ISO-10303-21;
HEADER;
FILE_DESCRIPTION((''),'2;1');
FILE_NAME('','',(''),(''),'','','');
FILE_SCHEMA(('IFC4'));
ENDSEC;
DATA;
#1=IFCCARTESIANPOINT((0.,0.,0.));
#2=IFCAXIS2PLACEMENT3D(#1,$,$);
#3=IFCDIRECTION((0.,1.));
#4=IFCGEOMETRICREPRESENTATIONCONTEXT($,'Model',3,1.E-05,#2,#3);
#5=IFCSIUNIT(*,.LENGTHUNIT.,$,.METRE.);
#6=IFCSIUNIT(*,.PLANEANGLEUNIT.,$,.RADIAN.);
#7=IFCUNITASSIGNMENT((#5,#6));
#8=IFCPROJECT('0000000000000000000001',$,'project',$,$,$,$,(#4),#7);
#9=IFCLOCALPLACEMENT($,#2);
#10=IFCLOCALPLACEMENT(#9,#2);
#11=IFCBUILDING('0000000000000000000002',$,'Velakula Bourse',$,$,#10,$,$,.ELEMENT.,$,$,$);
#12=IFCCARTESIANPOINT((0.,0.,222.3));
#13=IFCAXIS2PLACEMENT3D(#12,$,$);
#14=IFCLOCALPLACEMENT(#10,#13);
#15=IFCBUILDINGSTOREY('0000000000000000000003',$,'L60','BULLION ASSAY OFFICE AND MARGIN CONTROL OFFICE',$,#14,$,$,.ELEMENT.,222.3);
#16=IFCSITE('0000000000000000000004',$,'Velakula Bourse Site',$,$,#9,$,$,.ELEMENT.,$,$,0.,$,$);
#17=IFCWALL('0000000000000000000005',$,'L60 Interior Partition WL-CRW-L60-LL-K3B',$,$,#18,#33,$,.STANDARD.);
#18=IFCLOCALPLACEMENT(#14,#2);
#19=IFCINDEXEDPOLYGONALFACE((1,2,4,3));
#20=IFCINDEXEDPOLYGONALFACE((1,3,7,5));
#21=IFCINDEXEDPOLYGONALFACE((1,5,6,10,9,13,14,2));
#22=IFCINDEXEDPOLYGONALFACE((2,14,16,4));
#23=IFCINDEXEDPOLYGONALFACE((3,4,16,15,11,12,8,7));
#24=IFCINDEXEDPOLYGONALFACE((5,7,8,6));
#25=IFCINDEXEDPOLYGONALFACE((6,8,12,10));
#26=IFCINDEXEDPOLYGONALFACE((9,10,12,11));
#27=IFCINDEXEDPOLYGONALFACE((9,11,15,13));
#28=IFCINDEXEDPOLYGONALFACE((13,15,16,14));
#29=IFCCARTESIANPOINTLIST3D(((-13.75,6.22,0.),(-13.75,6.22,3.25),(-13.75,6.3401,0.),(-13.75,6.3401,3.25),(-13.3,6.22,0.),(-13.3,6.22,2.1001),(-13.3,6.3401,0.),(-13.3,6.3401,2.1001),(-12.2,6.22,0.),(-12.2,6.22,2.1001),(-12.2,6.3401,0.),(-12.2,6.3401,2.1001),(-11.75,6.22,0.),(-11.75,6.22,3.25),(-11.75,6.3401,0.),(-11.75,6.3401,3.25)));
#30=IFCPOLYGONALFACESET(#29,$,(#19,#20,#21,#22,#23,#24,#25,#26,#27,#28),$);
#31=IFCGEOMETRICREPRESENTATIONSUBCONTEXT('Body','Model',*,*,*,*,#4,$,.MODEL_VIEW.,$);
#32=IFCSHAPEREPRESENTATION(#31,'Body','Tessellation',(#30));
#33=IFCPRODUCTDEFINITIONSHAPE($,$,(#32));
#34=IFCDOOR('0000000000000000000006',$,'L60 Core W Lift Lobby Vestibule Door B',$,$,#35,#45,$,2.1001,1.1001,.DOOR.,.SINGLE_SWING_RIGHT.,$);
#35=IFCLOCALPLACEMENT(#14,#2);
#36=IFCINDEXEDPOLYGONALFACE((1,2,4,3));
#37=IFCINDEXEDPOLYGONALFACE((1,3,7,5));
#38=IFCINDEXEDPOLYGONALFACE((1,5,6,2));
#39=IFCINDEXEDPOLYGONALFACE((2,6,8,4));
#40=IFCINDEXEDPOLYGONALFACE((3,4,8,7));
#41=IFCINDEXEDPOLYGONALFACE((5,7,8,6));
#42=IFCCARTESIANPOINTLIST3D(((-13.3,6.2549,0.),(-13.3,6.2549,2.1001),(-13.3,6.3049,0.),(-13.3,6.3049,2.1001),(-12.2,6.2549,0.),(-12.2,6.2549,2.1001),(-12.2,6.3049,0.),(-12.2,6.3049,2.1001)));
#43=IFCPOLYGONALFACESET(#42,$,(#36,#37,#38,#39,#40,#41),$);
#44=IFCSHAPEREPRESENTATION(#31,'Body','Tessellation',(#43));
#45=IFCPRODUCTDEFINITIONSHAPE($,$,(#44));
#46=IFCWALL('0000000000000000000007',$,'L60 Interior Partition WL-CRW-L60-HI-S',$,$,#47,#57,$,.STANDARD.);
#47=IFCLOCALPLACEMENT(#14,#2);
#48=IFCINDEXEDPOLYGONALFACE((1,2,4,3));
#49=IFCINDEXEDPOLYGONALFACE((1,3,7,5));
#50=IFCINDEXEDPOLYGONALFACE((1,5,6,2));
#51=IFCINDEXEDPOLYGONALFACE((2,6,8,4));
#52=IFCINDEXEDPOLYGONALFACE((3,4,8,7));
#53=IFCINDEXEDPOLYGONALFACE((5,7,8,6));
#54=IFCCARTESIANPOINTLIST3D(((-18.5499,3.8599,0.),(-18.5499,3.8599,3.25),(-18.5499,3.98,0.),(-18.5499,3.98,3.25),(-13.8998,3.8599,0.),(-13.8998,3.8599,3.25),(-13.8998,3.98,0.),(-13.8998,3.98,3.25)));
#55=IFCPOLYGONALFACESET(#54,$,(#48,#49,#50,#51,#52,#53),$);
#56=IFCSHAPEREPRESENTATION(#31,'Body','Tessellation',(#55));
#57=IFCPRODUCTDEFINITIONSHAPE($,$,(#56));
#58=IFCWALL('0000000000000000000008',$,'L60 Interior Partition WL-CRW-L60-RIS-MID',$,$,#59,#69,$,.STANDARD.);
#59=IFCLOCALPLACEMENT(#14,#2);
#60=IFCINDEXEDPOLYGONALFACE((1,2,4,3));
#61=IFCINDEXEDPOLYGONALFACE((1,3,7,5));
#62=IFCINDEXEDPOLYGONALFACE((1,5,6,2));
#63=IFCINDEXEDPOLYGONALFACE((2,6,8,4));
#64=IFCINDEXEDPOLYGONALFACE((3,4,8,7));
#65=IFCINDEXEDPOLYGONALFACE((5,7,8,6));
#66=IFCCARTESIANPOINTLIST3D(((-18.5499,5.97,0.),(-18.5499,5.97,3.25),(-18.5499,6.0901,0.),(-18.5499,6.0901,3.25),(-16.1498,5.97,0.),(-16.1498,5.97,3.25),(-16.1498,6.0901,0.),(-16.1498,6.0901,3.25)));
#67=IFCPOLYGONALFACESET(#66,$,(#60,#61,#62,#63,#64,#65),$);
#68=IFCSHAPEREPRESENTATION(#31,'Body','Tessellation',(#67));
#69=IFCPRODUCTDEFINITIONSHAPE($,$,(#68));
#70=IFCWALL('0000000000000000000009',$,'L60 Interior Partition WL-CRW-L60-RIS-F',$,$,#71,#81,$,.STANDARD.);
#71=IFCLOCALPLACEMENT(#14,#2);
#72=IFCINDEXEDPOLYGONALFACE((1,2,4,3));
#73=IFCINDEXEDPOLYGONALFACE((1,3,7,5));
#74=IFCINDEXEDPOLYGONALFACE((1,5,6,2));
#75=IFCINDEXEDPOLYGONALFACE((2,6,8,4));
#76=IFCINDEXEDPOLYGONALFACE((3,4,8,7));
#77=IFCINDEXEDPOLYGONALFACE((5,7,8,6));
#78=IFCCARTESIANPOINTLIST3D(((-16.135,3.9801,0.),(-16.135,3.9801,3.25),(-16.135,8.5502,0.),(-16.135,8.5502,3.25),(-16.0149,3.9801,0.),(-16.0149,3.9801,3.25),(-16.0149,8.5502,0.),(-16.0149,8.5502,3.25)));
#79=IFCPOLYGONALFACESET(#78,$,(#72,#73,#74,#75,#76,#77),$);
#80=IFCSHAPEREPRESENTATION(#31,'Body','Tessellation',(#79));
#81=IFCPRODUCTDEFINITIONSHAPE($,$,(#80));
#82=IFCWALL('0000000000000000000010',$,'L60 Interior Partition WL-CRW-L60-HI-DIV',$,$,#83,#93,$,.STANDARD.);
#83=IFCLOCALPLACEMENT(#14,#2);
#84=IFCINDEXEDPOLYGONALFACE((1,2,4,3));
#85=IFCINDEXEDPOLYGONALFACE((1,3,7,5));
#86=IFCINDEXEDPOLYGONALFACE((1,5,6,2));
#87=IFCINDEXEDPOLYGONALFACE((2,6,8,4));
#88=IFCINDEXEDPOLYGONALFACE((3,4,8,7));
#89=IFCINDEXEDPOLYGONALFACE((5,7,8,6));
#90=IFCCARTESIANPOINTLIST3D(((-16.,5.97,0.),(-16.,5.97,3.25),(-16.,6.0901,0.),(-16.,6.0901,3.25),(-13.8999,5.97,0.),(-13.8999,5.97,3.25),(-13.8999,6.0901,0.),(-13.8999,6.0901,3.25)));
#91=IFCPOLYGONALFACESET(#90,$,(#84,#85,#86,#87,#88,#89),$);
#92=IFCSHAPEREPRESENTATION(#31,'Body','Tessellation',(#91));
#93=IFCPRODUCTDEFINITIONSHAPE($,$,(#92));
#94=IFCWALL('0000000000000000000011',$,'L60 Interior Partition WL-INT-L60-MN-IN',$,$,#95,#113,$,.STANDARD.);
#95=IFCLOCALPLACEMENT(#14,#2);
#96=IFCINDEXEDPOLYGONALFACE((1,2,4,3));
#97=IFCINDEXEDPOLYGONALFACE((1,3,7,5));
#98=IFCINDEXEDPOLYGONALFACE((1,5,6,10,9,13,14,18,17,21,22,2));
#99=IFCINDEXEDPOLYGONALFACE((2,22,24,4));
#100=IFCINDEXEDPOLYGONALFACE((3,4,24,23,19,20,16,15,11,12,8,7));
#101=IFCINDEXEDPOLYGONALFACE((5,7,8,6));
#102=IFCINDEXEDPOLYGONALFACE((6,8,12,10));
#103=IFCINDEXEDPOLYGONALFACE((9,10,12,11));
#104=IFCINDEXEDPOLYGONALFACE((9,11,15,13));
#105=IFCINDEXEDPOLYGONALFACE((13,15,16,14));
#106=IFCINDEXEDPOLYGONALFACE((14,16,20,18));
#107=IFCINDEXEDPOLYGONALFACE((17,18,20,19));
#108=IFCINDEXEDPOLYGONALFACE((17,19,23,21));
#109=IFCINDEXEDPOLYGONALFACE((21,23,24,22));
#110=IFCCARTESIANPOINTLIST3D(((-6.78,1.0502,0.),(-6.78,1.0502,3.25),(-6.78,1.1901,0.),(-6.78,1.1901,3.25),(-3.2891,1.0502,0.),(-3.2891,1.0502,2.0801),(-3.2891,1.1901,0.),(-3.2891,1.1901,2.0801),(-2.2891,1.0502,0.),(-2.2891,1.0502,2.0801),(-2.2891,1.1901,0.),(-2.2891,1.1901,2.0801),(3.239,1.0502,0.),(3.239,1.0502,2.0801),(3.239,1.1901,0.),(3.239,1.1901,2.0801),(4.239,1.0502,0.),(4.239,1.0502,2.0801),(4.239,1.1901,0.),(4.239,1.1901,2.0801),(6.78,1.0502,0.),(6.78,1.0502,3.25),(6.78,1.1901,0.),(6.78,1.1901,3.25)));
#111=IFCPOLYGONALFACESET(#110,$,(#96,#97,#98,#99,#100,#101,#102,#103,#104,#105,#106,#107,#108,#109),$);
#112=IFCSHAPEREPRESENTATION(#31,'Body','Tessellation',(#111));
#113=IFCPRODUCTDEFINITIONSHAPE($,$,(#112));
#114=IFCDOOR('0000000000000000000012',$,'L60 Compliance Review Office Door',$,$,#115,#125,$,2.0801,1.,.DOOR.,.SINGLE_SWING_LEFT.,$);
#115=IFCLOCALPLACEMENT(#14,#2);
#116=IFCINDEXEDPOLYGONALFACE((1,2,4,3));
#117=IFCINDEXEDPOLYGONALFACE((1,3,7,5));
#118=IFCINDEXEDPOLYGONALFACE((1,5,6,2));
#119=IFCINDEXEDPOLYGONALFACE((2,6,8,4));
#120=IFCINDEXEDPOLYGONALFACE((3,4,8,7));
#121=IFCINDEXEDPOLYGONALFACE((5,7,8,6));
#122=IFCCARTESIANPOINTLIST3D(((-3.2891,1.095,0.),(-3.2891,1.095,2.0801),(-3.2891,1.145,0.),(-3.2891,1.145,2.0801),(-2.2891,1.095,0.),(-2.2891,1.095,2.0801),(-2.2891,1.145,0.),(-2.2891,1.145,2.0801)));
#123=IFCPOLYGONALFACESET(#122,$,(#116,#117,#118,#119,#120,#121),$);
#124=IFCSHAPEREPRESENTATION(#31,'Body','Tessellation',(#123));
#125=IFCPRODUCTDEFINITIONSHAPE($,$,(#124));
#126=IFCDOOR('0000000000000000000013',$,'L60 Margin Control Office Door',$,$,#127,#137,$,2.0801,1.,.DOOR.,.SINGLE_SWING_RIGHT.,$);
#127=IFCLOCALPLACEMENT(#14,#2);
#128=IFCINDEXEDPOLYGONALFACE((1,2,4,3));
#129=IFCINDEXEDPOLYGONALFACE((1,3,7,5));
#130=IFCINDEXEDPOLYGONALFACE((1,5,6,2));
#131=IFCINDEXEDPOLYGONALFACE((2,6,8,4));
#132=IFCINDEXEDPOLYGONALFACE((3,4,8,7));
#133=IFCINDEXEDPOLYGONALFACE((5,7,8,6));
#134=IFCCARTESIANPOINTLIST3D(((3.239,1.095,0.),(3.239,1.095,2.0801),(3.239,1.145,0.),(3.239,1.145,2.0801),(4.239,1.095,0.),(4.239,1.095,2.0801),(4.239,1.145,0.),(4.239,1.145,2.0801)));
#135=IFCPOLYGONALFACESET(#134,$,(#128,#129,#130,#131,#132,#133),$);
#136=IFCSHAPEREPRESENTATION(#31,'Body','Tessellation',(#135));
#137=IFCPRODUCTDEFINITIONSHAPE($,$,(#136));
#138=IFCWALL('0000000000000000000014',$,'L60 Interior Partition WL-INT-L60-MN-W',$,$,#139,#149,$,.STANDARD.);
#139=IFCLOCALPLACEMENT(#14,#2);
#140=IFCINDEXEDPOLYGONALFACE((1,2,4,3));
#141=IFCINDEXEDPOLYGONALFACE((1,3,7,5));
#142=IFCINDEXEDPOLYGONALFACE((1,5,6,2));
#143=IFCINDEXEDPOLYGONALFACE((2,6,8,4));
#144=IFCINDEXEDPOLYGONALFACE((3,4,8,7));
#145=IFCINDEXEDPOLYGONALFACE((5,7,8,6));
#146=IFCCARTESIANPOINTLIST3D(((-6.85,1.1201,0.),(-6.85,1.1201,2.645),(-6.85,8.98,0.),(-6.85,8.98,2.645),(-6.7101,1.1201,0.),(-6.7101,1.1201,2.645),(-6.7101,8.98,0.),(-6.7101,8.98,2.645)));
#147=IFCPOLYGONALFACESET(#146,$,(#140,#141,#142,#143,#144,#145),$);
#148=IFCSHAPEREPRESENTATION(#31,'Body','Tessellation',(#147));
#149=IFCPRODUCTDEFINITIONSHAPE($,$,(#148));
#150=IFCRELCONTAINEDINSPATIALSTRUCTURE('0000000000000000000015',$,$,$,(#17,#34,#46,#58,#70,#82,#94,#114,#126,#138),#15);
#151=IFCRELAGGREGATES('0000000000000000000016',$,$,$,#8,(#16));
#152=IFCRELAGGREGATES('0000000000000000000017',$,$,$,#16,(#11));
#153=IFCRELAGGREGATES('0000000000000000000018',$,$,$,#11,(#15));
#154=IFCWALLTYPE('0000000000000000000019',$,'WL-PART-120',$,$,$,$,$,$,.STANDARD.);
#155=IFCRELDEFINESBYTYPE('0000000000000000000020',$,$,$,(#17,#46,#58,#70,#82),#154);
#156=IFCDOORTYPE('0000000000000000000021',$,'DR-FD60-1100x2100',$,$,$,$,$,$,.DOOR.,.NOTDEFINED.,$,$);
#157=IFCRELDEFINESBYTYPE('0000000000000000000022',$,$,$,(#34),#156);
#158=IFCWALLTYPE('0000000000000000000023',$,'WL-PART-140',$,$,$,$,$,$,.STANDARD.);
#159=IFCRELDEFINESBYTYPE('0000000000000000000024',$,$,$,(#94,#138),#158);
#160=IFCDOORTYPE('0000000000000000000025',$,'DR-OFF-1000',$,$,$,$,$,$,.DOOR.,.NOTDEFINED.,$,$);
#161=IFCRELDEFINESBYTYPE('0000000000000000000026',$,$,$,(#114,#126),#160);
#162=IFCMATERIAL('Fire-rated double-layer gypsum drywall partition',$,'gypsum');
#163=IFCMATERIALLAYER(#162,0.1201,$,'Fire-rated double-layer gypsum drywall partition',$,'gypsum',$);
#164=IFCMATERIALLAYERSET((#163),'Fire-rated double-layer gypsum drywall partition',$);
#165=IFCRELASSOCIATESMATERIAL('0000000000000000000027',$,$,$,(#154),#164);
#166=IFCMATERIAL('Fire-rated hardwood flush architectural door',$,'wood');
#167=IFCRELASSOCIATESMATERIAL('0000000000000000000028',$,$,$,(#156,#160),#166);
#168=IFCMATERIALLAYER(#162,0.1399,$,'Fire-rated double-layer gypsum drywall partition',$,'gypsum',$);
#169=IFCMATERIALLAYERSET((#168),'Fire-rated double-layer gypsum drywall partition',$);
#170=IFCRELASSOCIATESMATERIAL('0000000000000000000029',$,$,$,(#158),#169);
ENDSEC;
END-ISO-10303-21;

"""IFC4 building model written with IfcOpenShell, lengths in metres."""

from ifc_helpers import new_model, si_unit, direction, frame, frame_2d, origin, place, context, subcontext, project, spatial, rectangle, extrude, material, layer, layer_set, type_object, element, fill, save


model = new_model("IFC4")

# Units and contexts
model_context = context("Model", 3, precision=1e-05, world=origin(), true_north=direction((0.0, 1.0)))
body_context = subcontext(model_context, "Body", "Model", "MODEL_VIEW")
ifc_project = project(units=[si_unit("LENGTHUNIT", "METRE"), si_unit("PLANEANGLEUNIT", "RADIAN")], contexts=[model_context])

# Site, building, storey
site_placement = place(None, origin())
site = spatial("IfcSite", under=ifc_project, at=site_placement, Name="Velakula Bourse Site", CompositionType="ELEMENT", RefElevation=0.0)
building_placement = place(site_placement, origin())
building = spatial("IfcBuilding", under=site, at=building_placement, Name="Velakula Bourse", CompositionType="ELEMENT")
storey_placement = place(building_placement, frame((0.0, 0.0, 222.3)))
storey = spatial("IfcBuildingStorey", under=building, at=storey_placement, Name="L60", Description="BULLION ASSAY OFFICE AND MARGIN CONTROL OFFICE", CompositionType="ELEMENT", Elevation=222.3)

# Wall, opening, door
ifc_material_1 = material(Name="Fire-rated double-layer gypsum drywall partition", Category="gypsum")
ifc_layer_1 = layer(ifc_material_1, 0.1201, Name="Fire-rated double-layer gypsum drywall partition", Category="gypsum")
ifc_layer_set_1 = layer_set([ifc_layer_1], Name="Fire-rated double-layer gypsum drywall partition")
wall_type_1 = type_object("IfcWallType", Name="WL-PART-120", PredefinedType="STANDARD", material=ifc_layer_set_1)
ifc_material_2 = material(Name="Fire-rated hardwood flush architectural door", Category="wood")
door_type_1 = type_object("IfcDoorType", Name="DR-FD60-1100x2100", OperationType="NOTDEFINED", PredefinedType="DOOR", material=ifc_material_2)
wall_1_placement = place(storey_placement, frame((-13.75, 6.28, 0.0), z_axis=(0.0, 0.0, 1.0), x_axis=(1.0, 0.0, 0.0)))
wall_1 = element("IfcWall", 1, at=wall_1_placement, inside=storey, type_object=wall_type_1, Name="L60 Interior Partition WL-CRW-L60-LL-K3B", PredefinedType="STANDARD", context=body_context, shape_type="SweptSolid", body=[
    extrude(rectangle(XDim=2.0, YDim=0.1201, at=frame_2d((1.0, 0.0))), origin(), (0.0, 0.0, 1.0), 3.25),
])
opening_1_placement = place(wall_1_placement, frame((0.45, 0.0, 0.0)))
opening_1 = element("IfcOpeningElement", 2, at=opening_1_placement, cuts=wall_1, PredefinedType="OPENING", context=body_context, shape_type="SweptSolid", body=[
    extrude(rectangle(XDim=1.1001, YDim=2.1001, at=frame_2d((0.55, 1.05))), frame((0.0, 0.0701, 0.0), z_axis=(0.0, -1.0, 0.0), x_axis=(1.0, 0.0, 0.0)), (0.0, 0.0, 1.0), 0.1401),
])
door_1_placement = place(opening_1_placement, origin())
door_1 = element("IfcDoor", 3, at=door_1_placement, inside=storey, type_object=door_type_1, Name="L60 Core W Lift Lobby Vestibule Door B", OperationType="SINGLE_SWING_RIGHT", OverallHeight=2.1001, OverallWidth=1.1001, PredefinedType="DOOR", context=body_context, shape_type="SweptSolid", body=[
    extrude(rectangle(XDim=1.1001, YDim=2.1001, at=frame_2d((0.55, 1.05))), frame((0.0, 0.0249, 0.0), z_axis=(0.0, -1.0, 0.0), x_axis=(1.0, 0.0, 0.0)), (0.0, 0.0, 1.0), 0.05),
])
fill(opening_1, door_1)

# Walls
wall_2_placement = place(storey_placement, frame((-18.55, 3.9199, 0.0), z_axis=(0.0, 0.0, 1.0), x_axis=(1.0, 0.0, 0.0)))
element("IfcWall", 4, at=wall_2_placement, inside=storey, type_object=wall_type_1, Name="L60 Interior Partition WL-CRW-L60-HI-S", PredefinedType="STANDARD", context=body_context, shape_type="SweptSolid", body=[
    extrude(rectangle(XDim=4.6501, YDim=0.1201, at=frame_2d((2.3252, 0.0))), origin(), (0.0, 0.0, 1.0), 3.25),
])
wall_3_placement = place(storey_placement, frame((-18.55, 6.03, 0.0), z_axis=(0.0, 0.0, 1.0), x_axis=(1.0, 0.0, 0.0)))
element("IfcWall", 5, at=wall_3_placement, inside=storey, type_object=wall_type_1, Name="L60 Interior Partition WL-CRW-L60-RIS-MID", PredefinedType="STANDARD", context=body_context, shape_type="SweptSolid", body=[
    extrude(rectangle(XDim=2.4001, YDim=0.1201, at=frame_2d((1.2002, 0.0))), origin(), (0.0, 0.0, 1.0), 3.25),
])
wall_4_placement = place(storey_placement, frame((-16.075, 3.98, 0.0), z_axis=(0.0, 0.0, 1.0), x_axis=(0.0, 1.0, 0.0)))
element("IfcWall", 6, at=wall_4_placement, inside=storey, type_object=wall_type_1, Name="L60 Interior Partition WL-CRW-L60-RIS-F", PredefinedType="STANDARD", context=body_context, shape_type="SweptSolid", body=[
    extrude(rectangle(XDim=4.5701, YDim=0.1201, at=frame_2d((2.2852, 0.0))), origin(), (0.0, 0.0, 1.0), 3.25),
])
wall_5_placement = place(storey_placement, frame((-16.0, 6.03, 0.0), z_axis=(0.0, 0.0, 1.0), x_axis=(1.0, 0.0, 0.0)))
element("IfcWall", 7, at=wall_5_placement, inside=storey, type_object=wall_type_1, Name="L60 Interior Partition WL-CRW-L60-HI-DIV", PredefinedType="STANDARD", context=body_context, shape_type="SweptSolid", body=[
    extrude(rectangle(XDim=2.1001, YDim=0.1201, at=frame_2d((1.05, 0.0))), origin(), (0.0, 0.0, 1.0), 3.25),
])

# Wall, openings, doors
ifc_layer_2 = layer(ifc_material_1, 0.1399, Name="Fire-rated double-layer gypsum drywall partition", Category="gypsum")
ifc_layer_set_2 = layer_set([ifc_layer_2], Name="Fire-rated double-layer gypsum drywall partition")
wall_type_2 = type_object("IfcWallType", Name="WL-PART-140", PredefinedType="STANDARD", material=ifc_layer_set_2)
wall_6_placement = place(storey_placement, frame((-6.78, 1.1201, 0.0), z_axis=(0.0, 0.0, 1.0), x_axis=(1.0, 0.0, 0.0)))
wall_6 = element("IfcWall", 8, at=wall_6_placement, inside=storey, type_object=wall_type_2, Name="L60 Interior Partition WL-INT-L60-MN-IN", PredefinedType="STANDARD", context=body_context, shape_type="SweptSolid", body=[
    extrude(rectangle(XDim=13.5601, YDim=0.1399, at=frame_2d((6.78, 0.0))), origin(), (0.0, 0.0, 1.0), 3.25),
])
opening_2_placement = place(wall_6_placement, frame((3.491, 0.0, 0.0)))
opening_2 = element("IfcOpeningElement", 9, at=opening_2_placement, cuts=wall_6, PredefinedType="OPENING", context=body_context, shape_type="SweptSolid", body=[
    extrude(rectangle(XDim=1.0, YDim=2.0801, at=frame_2d((0.5, 1.04))), frame((0.0, 0.0798, 0.0), z_axis=(0.0, -1.0, 0.0), x_axis=(1.0, 0.0, 0.0)), (0.0, 0.0, 1.0), 0.1599),
])
opening_3_placement = place(wall_6_placement, frame((10.019, 0.0, 0.0)))
opening_3 = element("IfcOpeningElement", 10, at=opening_3_placement, cuts=wall_6, PredefinedType="OPENING", context=body_context, shape_type="SweptSolid", body=[
    extrude(rectangle(XDim=1.0, YDim=2.0801, at=frame_2d((0.5, 1.04))), frame((0.0, 0.0798, 0.0), z_axis=(0.0, -1.0, 0.0), x_axis=(1.0, 0.0, 0.0)), (0.0, 0.0, 1.0), 0.1599),
])
door_type_2 = type_object("IfcDoorType", Name="DR-OFF-1000", OperationType="NOTDEFINED", PredefinedType="DOOR", material=ifc_material_2)
door_2_placement = place(opening_2_placement, origin())
door_2 = element("IfcDoor", 11, at=door_2_placement, inside=storey, type_object=door_type_2, Name="L60 Compliance Review Office Door", OperationType="SINGLE_SWING_LEFT", OverallHeight=2.0801, OverallWidth=1.0, PredefinedType="DOOR", context=body_context, shape_type="SweptSolid", body=[
    extrude(rectangle(XDim=1.0, YDim=2.0801, at=frame_2d((0.5, 1.04))), frame((0.0, 0.0249, 0.0), z_axis=(0.0, -1.0, 0.0), x_axis=(1.0, 0.0, 0.0)), (0.0, 0.0, 1.0), 0.05),
])
fill(opening_2, door_2)
door_3_placement = place(opening_3_placement, origin())
door_3 = element("IfcDoor", 12, at=door_3_placement, inside=storey, type_object=door_type_2, Name="L60 Margin Control Office Door", OperationType="SINGLE_SWING_RIGHT", OverallHeight=2.0801, OverallWidth=1.0, PredefinedType="DOOR", context=body_context, shape_type="SweptSolid", body=[
    extrude(rectangle(XDim=1.0, YDim=2.0801, at=frame_2d((0.5, 1.04))), frame((0.0, 0.0249, 0.0), z_axis=(0.0, -1.0, 0.0), x_axis=(1.0, 0.0, 0.0)), (0.0, 0.0, 1.0), 0.05),
])
fill(opening_3, door_3)

# Wall
wall_7_placement = place(storey_placement, frame((-6.78, 1.1201, 0.0), z_axis=(0.0, 0.0, 1.0), x_axis=(0.0, 1.0, 0.0)))
element("IfcWall", 13, at=wall_7_placement, inside=storey, type_object=wall_type_2, Name="L60 Interior Partition WL-INT-L60-MN-W", PredefinedType="STANDARD", context=body_context, shape_type="SweptSolid", body=[
    extrude(rectangle(XDim=7.8599, YDim=0.1399, at=frame_2d((3.9299, 0.0))), origin(), (0.0, 0.0, 1.0), 2.645),
])

save(model, "model.ifc")
